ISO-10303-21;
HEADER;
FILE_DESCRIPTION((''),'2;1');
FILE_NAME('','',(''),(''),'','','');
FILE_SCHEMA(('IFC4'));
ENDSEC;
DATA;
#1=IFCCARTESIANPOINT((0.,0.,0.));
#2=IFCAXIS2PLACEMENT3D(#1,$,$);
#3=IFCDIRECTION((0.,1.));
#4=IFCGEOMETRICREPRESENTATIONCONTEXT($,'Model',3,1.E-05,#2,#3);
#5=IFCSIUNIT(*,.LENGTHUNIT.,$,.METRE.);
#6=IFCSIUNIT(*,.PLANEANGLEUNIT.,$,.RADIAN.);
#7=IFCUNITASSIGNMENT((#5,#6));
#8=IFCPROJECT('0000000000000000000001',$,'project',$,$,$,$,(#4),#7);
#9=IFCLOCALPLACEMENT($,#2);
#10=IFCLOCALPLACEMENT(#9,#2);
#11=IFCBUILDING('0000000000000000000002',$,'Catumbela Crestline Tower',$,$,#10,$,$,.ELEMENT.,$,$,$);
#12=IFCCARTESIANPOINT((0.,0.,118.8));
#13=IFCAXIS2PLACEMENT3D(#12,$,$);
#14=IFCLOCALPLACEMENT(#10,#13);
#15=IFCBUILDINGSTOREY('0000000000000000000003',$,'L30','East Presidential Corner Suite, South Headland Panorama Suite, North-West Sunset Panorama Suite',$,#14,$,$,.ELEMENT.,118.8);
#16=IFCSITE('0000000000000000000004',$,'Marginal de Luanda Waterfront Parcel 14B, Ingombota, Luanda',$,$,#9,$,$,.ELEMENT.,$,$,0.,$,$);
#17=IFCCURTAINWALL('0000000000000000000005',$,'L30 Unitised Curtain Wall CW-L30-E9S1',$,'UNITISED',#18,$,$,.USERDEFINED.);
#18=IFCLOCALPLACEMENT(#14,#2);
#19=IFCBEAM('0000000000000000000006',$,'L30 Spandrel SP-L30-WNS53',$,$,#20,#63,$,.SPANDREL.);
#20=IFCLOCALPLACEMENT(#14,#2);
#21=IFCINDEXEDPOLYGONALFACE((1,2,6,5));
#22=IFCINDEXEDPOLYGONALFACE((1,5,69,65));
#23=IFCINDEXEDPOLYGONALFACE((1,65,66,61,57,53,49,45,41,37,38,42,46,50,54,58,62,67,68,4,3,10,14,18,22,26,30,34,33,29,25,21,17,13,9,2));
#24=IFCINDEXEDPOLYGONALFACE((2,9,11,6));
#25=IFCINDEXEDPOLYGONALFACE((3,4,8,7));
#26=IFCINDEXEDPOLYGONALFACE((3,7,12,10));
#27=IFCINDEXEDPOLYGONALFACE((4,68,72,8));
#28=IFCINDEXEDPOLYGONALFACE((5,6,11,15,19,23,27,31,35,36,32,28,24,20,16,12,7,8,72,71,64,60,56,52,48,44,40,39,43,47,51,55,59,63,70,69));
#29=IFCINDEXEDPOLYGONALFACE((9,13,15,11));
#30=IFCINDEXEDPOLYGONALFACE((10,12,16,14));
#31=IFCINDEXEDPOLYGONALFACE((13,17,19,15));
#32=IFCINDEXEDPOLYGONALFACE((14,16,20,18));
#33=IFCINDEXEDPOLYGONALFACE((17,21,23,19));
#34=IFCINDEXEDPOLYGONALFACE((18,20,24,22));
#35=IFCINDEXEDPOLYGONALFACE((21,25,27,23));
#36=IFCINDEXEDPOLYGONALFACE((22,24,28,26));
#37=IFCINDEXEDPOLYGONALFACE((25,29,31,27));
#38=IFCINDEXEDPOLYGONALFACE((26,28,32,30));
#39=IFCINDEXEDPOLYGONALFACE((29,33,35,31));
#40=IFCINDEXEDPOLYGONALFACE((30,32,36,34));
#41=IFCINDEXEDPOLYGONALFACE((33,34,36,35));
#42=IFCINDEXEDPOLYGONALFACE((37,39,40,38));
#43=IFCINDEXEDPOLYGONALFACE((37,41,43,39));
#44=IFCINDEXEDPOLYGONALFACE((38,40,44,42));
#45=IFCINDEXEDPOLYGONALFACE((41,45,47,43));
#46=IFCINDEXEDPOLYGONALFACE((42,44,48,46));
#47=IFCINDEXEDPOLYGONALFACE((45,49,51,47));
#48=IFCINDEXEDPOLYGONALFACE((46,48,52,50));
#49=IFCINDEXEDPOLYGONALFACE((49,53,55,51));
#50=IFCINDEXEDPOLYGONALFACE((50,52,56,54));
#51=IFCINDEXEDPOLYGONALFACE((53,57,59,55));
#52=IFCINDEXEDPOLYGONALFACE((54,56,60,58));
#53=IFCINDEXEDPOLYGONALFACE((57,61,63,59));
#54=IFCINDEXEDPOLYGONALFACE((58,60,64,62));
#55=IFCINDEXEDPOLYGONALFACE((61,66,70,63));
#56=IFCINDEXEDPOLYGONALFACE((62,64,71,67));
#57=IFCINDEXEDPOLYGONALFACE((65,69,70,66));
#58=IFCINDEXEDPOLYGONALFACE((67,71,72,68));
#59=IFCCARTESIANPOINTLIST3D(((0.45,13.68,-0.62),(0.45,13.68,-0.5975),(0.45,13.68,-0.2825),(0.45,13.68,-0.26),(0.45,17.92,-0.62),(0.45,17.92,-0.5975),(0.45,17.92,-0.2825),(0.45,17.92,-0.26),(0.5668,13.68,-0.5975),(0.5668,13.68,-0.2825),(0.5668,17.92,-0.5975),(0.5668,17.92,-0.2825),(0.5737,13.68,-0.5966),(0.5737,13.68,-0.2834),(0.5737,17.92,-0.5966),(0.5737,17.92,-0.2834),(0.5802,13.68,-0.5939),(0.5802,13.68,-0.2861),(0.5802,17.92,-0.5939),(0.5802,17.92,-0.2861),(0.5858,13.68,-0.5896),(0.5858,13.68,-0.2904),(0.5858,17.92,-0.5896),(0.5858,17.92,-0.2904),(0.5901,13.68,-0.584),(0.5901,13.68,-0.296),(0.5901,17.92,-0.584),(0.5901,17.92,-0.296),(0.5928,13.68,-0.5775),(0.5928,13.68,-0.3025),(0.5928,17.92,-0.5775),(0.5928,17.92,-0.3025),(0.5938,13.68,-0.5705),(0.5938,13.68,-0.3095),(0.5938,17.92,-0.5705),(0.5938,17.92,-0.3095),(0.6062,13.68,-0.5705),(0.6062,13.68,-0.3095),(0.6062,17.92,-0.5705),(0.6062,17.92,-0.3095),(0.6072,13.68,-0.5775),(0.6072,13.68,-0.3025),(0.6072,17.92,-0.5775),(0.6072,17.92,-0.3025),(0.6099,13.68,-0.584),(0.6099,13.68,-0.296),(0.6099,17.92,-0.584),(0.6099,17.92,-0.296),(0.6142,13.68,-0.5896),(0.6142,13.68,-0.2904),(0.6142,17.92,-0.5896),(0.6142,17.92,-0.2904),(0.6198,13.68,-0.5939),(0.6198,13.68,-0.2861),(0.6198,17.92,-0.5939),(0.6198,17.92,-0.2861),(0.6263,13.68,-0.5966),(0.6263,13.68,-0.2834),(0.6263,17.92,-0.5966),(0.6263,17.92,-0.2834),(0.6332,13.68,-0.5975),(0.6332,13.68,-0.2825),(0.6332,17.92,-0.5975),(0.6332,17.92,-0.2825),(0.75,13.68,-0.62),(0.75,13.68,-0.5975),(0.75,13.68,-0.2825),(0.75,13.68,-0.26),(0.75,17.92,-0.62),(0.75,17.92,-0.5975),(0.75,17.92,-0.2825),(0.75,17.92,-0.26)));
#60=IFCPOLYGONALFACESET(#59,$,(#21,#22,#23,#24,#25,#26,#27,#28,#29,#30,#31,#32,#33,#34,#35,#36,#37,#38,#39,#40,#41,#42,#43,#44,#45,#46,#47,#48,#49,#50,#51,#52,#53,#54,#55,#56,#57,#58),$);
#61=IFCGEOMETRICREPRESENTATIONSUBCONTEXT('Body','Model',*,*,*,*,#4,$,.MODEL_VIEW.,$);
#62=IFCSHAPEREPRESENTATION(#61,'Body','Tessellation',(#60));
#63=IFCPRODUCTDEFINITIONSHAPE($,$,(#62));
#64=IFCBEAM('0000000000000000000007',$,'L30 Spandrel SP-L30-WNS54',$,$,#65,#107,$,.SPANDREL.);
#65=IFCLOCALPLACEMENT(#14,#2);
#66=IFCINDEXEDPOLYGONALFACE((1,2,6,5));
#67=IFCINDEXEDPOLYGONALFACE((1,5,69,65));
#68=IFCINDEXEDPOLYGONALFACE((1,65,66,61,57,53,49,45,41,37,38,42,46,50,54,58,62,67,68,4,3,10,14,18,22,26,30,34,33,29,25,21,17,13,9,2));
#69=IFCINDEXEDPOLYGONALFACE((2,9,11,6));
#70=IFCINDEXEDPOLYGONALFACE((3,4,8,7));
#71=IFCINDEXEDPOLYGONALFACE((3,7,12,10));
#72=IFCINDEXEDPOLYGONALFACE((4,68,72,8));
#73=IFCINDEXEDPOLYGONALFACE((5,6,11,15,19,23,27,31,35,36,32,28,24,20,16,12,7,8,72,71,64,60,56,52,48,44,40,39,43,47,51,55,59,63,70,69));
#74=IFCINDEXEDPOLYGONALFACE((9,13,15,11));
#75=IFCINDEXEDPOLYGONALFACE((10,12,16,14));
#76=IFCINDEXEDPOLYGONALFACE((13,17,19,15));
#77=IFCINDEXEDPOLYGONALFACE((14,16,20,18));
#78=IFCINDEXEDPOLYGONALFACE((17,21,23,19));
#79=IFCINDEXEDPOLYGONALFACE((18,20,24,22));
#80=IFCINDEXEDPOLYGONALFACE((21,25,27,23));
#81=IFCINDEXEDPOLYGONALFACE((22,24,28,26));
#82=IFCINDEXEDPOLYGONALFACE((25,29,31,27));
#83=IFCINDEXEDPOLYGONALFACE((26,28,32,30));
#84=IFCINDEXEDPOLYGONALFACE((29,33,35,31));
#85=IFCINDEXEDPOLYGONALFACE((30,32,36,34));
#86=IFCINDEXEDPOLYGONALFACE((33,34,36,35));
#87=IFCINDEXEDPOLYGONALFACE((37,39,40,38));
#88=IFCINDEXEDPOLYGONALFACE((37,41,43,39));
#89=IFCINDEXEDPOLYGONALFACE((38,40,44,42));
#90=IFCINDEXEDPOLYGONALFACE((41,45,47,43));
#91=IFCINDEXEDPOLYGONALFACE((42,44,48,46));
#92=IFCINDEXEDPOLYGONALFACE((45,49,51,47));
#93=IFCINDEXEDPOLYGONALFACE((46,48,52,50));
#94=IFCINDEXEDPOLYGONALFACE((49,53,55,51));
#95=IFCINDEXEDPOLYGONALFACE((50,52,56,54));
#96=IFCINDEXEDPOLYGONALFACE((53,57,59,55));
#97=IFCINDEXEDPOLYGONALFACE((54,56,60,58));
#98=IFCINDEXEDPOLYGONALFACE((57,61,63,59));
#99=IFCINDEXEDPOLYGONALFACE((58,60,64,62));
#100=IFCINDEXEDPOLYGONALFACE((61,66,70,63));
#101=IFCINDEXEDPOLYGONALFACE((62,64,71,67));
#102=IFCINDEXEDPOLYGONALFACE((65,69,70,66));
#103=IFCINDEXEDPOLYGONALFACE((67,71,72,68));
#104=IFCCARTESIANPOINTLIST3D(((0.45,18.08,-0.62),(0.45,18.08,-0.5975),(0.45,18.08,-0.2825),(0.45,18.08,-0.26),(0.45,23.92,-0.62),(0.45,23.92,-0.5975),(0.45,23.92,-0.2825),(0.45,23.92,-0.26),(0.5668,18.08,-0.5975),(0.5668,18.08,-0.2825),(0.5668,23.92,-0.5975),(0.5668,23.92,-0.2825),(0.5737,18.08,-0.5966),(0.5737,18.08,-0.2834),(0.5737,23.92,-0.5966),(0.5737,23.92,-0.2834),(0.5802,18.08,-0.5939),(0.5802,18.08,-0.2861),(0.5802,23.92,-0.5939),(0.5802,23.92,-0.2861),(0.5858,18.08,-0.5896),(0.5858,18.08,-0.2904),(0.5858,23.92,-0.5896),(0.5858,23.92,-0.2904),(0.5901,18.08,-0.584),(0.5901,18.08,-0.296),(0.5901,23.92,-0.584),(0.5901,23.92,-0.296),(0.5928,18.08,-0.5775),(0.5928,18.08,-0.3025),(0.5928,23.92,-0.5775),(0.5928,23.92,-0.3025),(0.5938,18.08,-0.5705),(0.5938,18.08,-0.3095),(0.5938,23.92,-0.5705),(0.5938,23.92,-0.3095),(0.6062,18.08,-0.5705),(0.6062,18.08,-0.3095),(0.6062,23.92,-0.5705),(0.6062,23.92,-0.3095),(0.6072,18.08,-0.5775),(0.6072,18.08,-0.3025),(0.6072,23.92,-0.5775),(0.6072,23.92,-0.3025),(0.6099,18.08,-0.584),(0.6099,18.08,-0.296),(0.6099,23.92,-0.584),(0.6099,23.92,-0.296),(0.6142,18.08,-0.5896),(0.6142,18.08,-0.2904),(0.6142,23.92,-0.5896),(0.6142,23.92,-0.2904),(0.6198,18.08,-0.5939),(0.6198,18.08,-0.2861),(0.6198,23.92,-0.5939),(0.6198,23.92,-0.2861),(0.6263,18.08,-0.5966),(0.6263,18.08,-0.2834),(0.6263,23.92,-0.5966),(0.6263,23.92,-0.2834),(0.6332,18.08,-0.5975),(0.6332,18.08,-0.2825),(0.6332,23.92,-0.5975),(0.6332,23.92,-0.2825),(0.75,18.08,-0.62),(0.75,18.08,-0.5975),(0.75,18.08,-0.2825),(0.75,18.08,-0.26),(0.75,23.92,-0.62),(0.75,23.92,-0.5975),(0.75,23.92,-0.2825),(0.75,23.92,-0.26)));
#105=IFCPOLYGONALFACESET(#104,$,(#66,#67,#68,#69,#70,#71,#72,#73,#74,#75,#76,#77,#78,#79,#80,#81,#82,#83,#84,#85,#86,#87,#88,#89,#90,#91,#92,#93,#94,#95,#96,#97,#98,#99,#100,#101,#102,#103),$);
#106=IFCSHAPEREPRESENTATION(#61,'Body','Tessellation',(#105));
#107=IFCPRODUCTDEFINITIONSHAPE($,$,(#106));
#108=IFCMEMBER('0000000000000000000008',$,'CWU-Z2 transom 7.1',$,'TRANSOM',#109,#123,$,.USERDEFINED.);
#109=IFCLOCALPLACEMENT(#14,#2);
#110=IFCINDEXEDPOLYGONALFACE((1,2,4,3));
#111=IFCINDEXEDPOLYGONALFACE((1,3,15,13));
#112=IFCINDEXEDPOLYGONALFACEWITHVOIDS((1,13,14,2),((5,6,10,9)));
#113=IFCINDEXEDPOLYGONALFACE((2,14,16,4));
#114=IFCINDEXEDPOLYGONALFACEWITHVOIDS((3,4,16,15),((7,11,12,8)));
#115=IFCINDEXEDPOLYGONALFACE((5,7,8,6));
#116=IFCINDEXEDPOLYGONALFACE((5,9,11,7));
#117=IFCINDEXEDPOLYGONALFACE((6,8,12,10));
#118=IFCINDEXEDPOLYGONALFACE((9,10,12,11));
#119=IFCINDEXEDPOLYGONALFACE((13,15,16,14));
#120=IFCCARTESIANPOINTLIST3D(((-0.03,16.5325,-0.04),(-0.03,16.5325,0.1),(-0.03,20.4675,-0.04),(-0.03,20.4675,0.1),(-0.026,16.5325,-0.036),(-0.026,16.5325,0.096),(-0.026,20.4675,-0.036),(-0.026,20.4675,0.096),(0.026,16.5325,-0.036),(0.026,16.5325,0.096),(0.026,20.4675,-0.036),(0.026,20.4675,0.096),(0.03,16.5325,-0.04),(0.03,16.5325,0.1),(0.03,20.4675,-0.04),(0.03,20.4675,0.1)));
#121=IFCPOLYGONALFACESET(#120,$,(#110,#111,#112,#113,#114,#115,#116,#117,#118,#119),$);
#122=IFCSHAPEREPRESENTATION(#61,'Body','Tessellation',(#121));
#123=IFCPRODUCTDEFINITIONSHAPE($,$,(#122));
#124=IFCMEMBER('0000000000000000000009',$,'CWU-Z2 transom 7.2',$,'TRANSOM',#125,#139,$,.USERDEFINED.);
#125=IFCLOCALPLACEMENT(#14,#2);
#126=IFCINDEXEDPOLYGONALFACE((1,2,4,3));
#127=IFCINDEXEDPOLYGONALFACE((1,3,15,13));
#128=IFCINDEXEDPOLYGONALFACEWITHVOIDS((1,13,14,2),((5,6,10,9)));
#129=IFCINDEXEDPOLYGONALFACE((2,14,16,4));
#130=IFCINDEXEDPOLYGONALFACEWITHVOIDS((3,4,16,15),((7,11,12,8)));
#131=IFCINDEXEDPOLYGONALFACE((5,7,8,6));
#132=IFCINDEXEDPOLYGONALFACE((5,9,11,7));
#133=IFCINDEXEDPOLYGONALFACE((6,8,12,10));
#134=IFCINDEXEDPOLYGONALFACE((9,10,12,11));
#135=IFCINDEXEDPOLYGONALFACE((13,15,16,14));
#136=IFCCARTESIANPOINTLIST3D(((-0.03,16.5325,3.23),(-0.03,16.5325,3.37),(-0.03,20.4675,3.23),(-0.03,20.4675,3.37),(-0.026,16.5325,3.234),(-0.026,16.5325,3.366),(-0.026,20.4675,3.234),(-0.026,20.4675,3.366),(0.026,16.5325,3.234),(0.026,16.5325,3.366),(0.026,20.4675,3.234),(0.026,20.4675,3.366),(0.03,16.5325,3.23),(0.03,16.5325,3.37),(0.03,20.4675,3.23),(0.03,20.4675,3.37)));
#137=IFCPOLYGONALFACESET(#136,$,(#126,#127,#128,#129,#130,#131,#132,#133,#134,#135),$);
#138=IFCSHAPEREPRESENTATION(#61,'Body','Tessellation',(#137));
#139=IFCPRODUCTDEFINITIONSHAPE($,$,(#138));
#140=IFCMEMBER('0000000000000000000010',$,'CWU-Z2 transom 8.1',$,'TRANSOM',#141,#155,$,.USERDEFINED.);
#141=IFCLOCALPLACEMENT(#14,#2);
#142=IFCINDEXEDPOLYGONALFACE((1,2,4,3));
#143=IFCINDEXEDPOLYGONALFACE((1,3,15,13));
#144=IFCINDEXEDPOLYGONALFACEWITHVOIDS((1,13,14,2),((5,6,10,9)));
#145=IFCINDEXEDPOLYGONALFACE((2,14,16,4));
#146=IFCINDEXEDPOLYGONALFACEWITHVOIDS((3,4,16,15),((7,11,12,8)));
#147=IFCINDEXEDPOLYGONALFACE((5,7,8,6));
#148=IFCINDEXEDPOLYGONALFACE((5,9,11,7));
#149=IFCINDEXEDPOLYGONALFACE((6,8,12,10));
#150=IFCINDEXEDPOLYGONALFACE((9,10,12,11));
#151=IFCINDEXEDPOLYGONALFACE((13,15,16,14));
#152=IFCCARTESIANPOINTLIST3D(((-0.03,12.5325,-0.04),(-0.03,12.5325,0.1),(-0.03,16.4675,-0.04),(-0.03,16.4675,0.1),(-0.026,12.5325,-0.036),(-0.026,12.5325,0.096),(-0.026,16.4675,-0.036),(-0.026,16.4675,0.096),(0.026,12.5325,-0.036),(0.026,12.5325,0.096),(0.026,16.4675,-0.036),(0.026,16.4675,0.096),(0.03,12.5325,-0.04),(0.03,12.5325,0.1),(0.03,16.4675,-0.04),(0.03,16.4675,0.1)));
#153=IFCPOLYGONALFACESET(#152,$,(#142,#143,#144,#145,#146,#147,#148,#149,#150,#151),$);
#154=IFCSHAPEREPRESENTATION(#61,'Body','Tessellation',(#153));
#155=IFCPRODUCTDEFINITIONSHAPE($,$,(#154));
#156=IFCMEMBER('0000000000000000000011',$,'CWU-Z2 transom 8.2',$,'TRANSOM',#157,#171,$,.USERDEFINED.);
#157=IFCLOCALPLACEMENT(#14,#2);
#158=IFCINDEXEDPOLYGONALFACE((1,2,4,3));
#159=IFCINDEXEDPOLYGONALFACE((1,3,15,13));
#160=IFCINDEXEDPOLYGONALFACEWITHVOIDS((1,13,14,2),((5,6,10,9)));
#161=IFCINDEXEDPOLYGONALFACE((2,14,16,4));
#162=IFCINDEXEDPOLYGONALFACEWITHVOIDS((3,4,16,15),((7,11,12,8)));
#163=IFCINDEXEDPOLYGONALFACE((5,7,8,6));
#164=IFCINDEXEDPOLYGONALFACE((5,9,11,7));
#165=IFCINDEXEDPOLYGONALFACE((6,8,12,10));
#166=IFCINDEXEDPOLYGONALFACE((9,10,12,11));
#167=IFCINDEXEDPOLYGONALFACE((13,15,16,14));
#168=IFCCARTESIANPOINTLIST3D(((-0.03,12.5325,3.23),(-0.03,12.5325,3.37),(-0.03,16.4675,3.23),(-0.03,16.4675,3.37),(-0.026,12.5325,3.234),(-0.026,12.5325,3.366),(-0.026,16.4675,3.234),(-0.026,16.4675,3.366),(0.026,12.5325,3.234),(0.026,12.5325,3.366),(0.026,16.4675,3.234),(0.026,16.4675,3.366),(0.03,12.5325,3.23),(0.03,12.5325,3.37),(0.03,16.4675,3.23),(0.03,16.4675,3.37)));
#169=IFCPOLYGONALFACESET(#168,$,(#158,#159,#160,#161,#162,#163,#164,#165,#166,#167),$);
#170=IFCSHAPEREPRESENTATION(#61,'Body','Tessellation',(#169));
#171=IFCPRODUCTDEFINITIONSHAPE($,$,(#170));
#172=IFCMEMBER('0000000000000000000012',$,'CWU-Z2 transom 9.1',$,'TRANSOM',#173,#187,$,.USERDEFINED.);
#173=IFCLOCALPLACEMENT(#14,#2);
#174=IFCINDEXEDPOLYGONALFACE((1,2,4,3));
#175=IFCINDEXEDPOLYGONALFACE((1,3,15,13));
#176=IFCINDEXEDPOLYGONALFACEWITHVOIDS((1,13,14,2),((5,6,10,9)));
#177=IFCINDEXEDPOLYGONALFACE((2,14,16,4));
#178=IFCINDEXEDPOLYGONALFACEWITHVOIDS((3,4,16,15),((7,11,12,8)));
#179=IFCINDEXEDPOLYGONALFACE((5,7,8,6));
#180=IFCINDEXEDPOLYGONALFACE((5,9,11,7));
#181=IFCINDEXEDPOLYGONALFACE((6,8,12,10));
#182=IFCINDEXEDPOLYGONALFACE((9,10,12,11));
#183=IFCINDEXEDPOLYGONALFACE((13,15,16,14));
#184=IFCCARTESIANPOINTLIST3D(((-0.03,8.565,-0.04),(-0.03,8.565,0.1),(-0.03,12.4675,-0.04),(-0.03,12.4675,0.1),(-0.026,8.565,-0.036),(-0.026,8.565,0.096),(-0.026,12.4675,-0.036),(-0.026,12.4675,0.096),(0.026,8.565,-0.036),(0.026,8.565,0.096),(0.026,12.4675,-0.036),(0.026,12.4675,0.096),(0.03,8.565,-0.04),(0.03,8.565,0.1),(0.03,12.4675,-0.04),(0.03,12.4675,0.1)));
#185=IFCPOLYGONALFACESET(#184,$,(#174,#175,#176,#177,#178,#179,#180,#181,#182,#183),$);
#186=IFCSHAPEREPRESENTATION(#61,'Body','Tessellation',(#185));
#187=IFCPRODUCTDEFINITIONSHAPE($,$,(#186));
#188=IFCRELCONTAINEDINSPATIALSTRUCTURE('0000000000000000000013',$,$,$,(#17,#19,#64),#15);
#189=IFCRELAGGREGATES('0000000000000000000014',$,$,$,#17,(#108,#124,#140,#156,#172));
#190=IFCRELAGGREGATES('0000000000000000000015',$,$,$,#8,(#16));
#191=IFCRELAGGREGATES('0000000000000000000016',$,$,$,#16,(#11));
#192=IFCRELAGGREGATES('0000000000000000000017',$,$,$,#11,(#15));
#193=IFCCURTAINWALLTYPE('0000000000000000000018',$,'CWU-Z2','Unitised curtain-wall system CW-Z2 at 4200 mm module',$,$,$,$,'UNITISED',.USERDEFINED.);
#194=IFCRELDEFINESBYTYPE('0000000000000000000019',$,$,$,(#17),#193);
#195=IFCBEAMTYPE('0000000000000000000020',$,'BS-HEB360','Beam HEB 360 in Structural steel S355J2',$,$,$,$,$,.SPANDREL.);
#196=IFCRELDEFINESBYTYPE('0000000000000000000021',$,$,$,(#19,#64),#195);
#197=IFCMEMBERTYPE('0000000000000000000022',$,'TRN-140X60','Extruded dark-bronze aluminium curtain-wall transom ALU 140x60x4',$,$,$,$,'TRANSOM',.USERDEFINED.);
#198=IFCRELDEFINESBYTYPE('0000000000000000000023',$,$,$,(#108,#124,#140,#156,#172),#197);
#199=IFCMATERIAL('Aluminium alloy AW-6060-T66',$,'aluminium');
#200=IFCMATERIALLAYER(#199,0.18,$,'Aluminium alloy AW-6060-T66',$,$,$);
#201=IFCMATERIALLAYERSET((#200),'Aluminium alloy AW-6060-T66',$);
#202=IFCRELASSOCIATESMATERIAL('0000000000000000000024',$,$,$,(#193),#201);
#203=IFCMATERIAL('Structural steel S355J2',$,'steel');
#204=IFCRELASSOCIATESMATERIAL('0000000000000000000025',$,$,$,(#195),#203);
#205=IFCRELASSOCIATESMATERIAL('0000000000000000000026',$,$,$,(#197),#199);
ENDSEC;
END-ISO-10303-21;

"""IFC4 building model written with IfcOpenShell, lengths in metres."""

from ifc_helpers import new_model, si_unit, direction, frame, origin, origin_2d, place, context, subcontext, project, spatial, hollow_rectangle, i_section, extrude, material, layer, layer_set, material_profile, profile_set, type_object, element, aggregate, save


model = new_model("IFC4")

# Units and contexts
model_context = context("Model", 3, precision=1e-05, world=origin(), true_north=direction((0.0, 1.0)))
body_context = subcontext(model_context, "Body", "Model", "MODEL_VIEW")
ifc_project = project(units=[si_unit("LENGTHUNIT", "METRE"), si_unit("PLANEANGLEUNIT", "RADIAN")], contexts=[model_context])

# Site, building, storey
site_placement = place(None, origin())
site = spatial("IfcSite", under=ifc_project, at=site_placement, Name="Marginal de Luanda Waterfront Parcel 14B, Ingombota, Luanda", CompositionType="ELEMENT", RefElevation=0.0)
building_placement = place(site_placement, origin())
building = spatial("IfcBuilding", under=site, at=building_placement, Name="Catumbela Crestline Tower", CompositionType="ELEMENT")
storey_placement = place(building_placement, frame((0.0, 0.0, 118.8)))
storey = spatial("IfcBuildingStorey", under=building, at=storey_placement, Name="L30", Description="East Presidential Corner Suite, South Headland Panorama Suite, North-West Sunset Panorama Suite", CompositionType="ELEMENT", Elevation=118.8)

# Shared definitions
ifc_material_1 = material(Name="Structural steel S355J2", Category="steel")

# Curtain wall
ifc_material_2 = material(Name="Aluminium alloy AW-6060-T66", Category="aluminium")
ifc_layer_1 = layer(ifc_material_2, 0.18, Name="Aluminium alloy AW-6060-T66")
ifc_layer_set_1 = layer_set([ifc_layer_1], Name="Aluminium alloy AW-6060-T66")
curtain_wall_type = type_object("IfcCurtainWallType", Name="CWU-Z2", Description="Unitised curtain-wall system CW-Z2 at 4200 mm module", ElementType="UNITISED", PredefinedType="USERDEFINED", material=ifc_layer_set_1)
curtain_wall_placement = place(storey_placement, origin())
curtain_wall = element("IfcCurtainWall", 1, at=curtain_wall_placement, inside=storey, type_object=curtain_wall_type, Name="L30 Unitised Curtain Wall CW-L30-E9S1", ObjectType="UNITISED", PredefinedType="USERDEFINED")

# Beams
ifc_material_profile_1 = material_profile(ifc_material_1, i_section(OverallWidth=0.3, OverallDepth=0.36, WebThickness=0.0125, FlangeThickness=0.0225, FilletRadius=0.027, at=origin_2d()), Name="HEB 360")
ifc_profile_set_1 = profile_set([ifc_material_profile_1], Name="Structural steel S355J2")
beam_type_1 = type_object("IfcBeamType", Name="BS-HEB360", Description="Beam HEB 360 in Structural steel S355J2", PredefinedType="SPANDREL", material=ifc_profile_set_1)
beam_1_placement = place(storey_placement, frame((0.6, 13.68, -0.44), z_axis=(0.0, 1.0, 0.0), x_axis=(-1.0, 0.0, 0.0)))
element("IfcBeam", 2, at=beam_1_placement, inside=storey, type_object=beam_type_1, Name="L30 Spandrel SP-L30-WNS53", PredefinedType="SPANDREL", context=body_context, shape_type="SweptSolid", body=[
    extrude(i_section(OverallWidth=0.3, OverallDepth=0.36, WebThickness=0.0125, FlangeThickness=0.0225, FilletRadius=0.027, at=origin_2d()), origin(), (0.0, 0.0, 1.0), 4.24),
])
beam_2_placement = place(storey_placement, frame((0.6, 18.08, -0.44), z_axis=(0.0, 1.0, 0.0), x_axis=(-1.0, 0.0, 0.0)))
element("IfcBeam", 3, at=beam_2_placement, inside=storey, type_object=beam_type_1, Name="L30 Spandrel SP-L30-WNS54", PredefinedType="SPANDREL", context=body_context, shape_type="SweptSolid", body=[
    extrude(i_section(OverallWidth=0.3, OverallDepth=0.36, WebThickness=0.0125, FlangeThickness=0.0225, FilletRadius=0.027, at=origin_2d()), origin(), (0.0, 0.0, 1.0), 5.84),
])

# Members
ifc_material_profile_2 = material_profile(ifc_material_2, hollow_rectangle(XDim=0.06, YDim=0.14, WallThickness=0.004, at=origin_2d()), Name="ALU 140x60x4")
ifc_profile_set_2 = profile_set([ifc_material_profile_2], Name="Aluminium alloy AW-6060-T66")
member_type_1 = type_object("IfcMemberType", Name="TRN-140X60", Description="Extruded dark-bronze aluminium curtain-wall transom ALU 140x60x4", ElementType="TRANSOM", PredefinedType="USERDEFINED", material=ifc_profile_set_2)
member_1_placement = place(storey_placement, frame((0.0, 20.4675, 0.03), z_axis=(0.0, -1.0, 0.0), x_axis=(1.0, 0.0, 0.0)))
member_1 = element("IfcMember", 4, at=member_1_placement, type_object=member_type_1, Name="CWU-Z2 transom 7.1", ObjectType="TRANSOM", PredefinedType="USERDEFINED", context=body_context, shape_type="SweptSolid", body=[
    extrude(hollow_rectangle(XDim=0.06, YDim=0.14, WallThickness=0.004, at=origin_2d()), origin(), (0.0, 0.0, 1.0), 3.935),
])
member_2_placement = place(storey_placement, frame((0.0, 20.4675, 3.3), z_axis=(0.0, -1.0, 0.0), x_axis=(1.0, 0.0, 0.0)))
member_2 = element("IfcMember", 5, at=member_2_placement, type_object=member_type_1, Name="CWU-Z2 transom 7.2", ObjectType="TRANSOM", PredefinedType="USERDEFINED", context=body_context, shape_type="SweptSolid", body=[
    extrude(hollow_rectangle(XDim=0.06, YDim=0.14, WallThickness=0.004, at=origin_2d()), origin(), (0.0, 0.0, 1.0), 3.935),
])
member_3_placement = place(storey_placement, frame((0.0, 16.4675, 0.03), z_axis=(0.0, -1.0, 0.0), x_axis=(1.0, 0.0, 0.0)))
member_3 = element("IfcMember", 6, at=member_3_placement, type_object=member_type_1, Name="CWU-Z2 transom 8.1", ObjectType="TRANSOM", PredefinedType="USERDEFINED", context=body_context, shape_type="SweptSolid", body=[
    extrude(hollow_rectangle(XDim=0.06, YDim=0.14, WallThickness=0.004, at=origin_2d()), origin(), (0.0, 0.0, 1.0), 3.935),
])
member_4_placement = place(storey_placement, frame((0.0, 16.4675, 3.3), z_axis=(0.0, -1.0, 0.0), x_axis=(1.0, 0.0, 0.0)))
member_4 = element("IfcMember", 7, at=member_4_placement, type_object=member_type_1, Name="CWU-Z2 transom 8.2", ObjectType="TRANSOM", PredefinedType="USERDEFINED", context=body_context, shape_type="SweptSolid", body=[
    extrude(hollow_rectangle(XDim=0.06, YDim=0.14, WallThickness=0.004, at=origin_2d()), origin(), (0.0, 0.0, 1.0), 3.935),
])
member_5_placement = place(storey_placement, frame((0.0, 12.4675, 0.03), z_axis=(0.0, -1.0, 0.0), x_axis=(1.0, 0.0, 0.0)))
member_5 = element("IfcMember", 8, at=member_5_placement, type_object=member_type_1, Name="CWU-Z2 transom 9.1", ObjectType="TRANSOM", PredefinedType="USERDEFINED", context=body_context, shape_type="SweptSolid", body=[
    extrude(hollow_rectangle(XDim=0.06, YDim=0.14, WallThickness=0.004, at=origin_2d()), origin(), (0.0, 0.0, 1.0), 3.9025),
])

aggregate(curtain_wall, [member_1, member_2, member_3, member_4, member_5])

save(model, "model.ifc")
